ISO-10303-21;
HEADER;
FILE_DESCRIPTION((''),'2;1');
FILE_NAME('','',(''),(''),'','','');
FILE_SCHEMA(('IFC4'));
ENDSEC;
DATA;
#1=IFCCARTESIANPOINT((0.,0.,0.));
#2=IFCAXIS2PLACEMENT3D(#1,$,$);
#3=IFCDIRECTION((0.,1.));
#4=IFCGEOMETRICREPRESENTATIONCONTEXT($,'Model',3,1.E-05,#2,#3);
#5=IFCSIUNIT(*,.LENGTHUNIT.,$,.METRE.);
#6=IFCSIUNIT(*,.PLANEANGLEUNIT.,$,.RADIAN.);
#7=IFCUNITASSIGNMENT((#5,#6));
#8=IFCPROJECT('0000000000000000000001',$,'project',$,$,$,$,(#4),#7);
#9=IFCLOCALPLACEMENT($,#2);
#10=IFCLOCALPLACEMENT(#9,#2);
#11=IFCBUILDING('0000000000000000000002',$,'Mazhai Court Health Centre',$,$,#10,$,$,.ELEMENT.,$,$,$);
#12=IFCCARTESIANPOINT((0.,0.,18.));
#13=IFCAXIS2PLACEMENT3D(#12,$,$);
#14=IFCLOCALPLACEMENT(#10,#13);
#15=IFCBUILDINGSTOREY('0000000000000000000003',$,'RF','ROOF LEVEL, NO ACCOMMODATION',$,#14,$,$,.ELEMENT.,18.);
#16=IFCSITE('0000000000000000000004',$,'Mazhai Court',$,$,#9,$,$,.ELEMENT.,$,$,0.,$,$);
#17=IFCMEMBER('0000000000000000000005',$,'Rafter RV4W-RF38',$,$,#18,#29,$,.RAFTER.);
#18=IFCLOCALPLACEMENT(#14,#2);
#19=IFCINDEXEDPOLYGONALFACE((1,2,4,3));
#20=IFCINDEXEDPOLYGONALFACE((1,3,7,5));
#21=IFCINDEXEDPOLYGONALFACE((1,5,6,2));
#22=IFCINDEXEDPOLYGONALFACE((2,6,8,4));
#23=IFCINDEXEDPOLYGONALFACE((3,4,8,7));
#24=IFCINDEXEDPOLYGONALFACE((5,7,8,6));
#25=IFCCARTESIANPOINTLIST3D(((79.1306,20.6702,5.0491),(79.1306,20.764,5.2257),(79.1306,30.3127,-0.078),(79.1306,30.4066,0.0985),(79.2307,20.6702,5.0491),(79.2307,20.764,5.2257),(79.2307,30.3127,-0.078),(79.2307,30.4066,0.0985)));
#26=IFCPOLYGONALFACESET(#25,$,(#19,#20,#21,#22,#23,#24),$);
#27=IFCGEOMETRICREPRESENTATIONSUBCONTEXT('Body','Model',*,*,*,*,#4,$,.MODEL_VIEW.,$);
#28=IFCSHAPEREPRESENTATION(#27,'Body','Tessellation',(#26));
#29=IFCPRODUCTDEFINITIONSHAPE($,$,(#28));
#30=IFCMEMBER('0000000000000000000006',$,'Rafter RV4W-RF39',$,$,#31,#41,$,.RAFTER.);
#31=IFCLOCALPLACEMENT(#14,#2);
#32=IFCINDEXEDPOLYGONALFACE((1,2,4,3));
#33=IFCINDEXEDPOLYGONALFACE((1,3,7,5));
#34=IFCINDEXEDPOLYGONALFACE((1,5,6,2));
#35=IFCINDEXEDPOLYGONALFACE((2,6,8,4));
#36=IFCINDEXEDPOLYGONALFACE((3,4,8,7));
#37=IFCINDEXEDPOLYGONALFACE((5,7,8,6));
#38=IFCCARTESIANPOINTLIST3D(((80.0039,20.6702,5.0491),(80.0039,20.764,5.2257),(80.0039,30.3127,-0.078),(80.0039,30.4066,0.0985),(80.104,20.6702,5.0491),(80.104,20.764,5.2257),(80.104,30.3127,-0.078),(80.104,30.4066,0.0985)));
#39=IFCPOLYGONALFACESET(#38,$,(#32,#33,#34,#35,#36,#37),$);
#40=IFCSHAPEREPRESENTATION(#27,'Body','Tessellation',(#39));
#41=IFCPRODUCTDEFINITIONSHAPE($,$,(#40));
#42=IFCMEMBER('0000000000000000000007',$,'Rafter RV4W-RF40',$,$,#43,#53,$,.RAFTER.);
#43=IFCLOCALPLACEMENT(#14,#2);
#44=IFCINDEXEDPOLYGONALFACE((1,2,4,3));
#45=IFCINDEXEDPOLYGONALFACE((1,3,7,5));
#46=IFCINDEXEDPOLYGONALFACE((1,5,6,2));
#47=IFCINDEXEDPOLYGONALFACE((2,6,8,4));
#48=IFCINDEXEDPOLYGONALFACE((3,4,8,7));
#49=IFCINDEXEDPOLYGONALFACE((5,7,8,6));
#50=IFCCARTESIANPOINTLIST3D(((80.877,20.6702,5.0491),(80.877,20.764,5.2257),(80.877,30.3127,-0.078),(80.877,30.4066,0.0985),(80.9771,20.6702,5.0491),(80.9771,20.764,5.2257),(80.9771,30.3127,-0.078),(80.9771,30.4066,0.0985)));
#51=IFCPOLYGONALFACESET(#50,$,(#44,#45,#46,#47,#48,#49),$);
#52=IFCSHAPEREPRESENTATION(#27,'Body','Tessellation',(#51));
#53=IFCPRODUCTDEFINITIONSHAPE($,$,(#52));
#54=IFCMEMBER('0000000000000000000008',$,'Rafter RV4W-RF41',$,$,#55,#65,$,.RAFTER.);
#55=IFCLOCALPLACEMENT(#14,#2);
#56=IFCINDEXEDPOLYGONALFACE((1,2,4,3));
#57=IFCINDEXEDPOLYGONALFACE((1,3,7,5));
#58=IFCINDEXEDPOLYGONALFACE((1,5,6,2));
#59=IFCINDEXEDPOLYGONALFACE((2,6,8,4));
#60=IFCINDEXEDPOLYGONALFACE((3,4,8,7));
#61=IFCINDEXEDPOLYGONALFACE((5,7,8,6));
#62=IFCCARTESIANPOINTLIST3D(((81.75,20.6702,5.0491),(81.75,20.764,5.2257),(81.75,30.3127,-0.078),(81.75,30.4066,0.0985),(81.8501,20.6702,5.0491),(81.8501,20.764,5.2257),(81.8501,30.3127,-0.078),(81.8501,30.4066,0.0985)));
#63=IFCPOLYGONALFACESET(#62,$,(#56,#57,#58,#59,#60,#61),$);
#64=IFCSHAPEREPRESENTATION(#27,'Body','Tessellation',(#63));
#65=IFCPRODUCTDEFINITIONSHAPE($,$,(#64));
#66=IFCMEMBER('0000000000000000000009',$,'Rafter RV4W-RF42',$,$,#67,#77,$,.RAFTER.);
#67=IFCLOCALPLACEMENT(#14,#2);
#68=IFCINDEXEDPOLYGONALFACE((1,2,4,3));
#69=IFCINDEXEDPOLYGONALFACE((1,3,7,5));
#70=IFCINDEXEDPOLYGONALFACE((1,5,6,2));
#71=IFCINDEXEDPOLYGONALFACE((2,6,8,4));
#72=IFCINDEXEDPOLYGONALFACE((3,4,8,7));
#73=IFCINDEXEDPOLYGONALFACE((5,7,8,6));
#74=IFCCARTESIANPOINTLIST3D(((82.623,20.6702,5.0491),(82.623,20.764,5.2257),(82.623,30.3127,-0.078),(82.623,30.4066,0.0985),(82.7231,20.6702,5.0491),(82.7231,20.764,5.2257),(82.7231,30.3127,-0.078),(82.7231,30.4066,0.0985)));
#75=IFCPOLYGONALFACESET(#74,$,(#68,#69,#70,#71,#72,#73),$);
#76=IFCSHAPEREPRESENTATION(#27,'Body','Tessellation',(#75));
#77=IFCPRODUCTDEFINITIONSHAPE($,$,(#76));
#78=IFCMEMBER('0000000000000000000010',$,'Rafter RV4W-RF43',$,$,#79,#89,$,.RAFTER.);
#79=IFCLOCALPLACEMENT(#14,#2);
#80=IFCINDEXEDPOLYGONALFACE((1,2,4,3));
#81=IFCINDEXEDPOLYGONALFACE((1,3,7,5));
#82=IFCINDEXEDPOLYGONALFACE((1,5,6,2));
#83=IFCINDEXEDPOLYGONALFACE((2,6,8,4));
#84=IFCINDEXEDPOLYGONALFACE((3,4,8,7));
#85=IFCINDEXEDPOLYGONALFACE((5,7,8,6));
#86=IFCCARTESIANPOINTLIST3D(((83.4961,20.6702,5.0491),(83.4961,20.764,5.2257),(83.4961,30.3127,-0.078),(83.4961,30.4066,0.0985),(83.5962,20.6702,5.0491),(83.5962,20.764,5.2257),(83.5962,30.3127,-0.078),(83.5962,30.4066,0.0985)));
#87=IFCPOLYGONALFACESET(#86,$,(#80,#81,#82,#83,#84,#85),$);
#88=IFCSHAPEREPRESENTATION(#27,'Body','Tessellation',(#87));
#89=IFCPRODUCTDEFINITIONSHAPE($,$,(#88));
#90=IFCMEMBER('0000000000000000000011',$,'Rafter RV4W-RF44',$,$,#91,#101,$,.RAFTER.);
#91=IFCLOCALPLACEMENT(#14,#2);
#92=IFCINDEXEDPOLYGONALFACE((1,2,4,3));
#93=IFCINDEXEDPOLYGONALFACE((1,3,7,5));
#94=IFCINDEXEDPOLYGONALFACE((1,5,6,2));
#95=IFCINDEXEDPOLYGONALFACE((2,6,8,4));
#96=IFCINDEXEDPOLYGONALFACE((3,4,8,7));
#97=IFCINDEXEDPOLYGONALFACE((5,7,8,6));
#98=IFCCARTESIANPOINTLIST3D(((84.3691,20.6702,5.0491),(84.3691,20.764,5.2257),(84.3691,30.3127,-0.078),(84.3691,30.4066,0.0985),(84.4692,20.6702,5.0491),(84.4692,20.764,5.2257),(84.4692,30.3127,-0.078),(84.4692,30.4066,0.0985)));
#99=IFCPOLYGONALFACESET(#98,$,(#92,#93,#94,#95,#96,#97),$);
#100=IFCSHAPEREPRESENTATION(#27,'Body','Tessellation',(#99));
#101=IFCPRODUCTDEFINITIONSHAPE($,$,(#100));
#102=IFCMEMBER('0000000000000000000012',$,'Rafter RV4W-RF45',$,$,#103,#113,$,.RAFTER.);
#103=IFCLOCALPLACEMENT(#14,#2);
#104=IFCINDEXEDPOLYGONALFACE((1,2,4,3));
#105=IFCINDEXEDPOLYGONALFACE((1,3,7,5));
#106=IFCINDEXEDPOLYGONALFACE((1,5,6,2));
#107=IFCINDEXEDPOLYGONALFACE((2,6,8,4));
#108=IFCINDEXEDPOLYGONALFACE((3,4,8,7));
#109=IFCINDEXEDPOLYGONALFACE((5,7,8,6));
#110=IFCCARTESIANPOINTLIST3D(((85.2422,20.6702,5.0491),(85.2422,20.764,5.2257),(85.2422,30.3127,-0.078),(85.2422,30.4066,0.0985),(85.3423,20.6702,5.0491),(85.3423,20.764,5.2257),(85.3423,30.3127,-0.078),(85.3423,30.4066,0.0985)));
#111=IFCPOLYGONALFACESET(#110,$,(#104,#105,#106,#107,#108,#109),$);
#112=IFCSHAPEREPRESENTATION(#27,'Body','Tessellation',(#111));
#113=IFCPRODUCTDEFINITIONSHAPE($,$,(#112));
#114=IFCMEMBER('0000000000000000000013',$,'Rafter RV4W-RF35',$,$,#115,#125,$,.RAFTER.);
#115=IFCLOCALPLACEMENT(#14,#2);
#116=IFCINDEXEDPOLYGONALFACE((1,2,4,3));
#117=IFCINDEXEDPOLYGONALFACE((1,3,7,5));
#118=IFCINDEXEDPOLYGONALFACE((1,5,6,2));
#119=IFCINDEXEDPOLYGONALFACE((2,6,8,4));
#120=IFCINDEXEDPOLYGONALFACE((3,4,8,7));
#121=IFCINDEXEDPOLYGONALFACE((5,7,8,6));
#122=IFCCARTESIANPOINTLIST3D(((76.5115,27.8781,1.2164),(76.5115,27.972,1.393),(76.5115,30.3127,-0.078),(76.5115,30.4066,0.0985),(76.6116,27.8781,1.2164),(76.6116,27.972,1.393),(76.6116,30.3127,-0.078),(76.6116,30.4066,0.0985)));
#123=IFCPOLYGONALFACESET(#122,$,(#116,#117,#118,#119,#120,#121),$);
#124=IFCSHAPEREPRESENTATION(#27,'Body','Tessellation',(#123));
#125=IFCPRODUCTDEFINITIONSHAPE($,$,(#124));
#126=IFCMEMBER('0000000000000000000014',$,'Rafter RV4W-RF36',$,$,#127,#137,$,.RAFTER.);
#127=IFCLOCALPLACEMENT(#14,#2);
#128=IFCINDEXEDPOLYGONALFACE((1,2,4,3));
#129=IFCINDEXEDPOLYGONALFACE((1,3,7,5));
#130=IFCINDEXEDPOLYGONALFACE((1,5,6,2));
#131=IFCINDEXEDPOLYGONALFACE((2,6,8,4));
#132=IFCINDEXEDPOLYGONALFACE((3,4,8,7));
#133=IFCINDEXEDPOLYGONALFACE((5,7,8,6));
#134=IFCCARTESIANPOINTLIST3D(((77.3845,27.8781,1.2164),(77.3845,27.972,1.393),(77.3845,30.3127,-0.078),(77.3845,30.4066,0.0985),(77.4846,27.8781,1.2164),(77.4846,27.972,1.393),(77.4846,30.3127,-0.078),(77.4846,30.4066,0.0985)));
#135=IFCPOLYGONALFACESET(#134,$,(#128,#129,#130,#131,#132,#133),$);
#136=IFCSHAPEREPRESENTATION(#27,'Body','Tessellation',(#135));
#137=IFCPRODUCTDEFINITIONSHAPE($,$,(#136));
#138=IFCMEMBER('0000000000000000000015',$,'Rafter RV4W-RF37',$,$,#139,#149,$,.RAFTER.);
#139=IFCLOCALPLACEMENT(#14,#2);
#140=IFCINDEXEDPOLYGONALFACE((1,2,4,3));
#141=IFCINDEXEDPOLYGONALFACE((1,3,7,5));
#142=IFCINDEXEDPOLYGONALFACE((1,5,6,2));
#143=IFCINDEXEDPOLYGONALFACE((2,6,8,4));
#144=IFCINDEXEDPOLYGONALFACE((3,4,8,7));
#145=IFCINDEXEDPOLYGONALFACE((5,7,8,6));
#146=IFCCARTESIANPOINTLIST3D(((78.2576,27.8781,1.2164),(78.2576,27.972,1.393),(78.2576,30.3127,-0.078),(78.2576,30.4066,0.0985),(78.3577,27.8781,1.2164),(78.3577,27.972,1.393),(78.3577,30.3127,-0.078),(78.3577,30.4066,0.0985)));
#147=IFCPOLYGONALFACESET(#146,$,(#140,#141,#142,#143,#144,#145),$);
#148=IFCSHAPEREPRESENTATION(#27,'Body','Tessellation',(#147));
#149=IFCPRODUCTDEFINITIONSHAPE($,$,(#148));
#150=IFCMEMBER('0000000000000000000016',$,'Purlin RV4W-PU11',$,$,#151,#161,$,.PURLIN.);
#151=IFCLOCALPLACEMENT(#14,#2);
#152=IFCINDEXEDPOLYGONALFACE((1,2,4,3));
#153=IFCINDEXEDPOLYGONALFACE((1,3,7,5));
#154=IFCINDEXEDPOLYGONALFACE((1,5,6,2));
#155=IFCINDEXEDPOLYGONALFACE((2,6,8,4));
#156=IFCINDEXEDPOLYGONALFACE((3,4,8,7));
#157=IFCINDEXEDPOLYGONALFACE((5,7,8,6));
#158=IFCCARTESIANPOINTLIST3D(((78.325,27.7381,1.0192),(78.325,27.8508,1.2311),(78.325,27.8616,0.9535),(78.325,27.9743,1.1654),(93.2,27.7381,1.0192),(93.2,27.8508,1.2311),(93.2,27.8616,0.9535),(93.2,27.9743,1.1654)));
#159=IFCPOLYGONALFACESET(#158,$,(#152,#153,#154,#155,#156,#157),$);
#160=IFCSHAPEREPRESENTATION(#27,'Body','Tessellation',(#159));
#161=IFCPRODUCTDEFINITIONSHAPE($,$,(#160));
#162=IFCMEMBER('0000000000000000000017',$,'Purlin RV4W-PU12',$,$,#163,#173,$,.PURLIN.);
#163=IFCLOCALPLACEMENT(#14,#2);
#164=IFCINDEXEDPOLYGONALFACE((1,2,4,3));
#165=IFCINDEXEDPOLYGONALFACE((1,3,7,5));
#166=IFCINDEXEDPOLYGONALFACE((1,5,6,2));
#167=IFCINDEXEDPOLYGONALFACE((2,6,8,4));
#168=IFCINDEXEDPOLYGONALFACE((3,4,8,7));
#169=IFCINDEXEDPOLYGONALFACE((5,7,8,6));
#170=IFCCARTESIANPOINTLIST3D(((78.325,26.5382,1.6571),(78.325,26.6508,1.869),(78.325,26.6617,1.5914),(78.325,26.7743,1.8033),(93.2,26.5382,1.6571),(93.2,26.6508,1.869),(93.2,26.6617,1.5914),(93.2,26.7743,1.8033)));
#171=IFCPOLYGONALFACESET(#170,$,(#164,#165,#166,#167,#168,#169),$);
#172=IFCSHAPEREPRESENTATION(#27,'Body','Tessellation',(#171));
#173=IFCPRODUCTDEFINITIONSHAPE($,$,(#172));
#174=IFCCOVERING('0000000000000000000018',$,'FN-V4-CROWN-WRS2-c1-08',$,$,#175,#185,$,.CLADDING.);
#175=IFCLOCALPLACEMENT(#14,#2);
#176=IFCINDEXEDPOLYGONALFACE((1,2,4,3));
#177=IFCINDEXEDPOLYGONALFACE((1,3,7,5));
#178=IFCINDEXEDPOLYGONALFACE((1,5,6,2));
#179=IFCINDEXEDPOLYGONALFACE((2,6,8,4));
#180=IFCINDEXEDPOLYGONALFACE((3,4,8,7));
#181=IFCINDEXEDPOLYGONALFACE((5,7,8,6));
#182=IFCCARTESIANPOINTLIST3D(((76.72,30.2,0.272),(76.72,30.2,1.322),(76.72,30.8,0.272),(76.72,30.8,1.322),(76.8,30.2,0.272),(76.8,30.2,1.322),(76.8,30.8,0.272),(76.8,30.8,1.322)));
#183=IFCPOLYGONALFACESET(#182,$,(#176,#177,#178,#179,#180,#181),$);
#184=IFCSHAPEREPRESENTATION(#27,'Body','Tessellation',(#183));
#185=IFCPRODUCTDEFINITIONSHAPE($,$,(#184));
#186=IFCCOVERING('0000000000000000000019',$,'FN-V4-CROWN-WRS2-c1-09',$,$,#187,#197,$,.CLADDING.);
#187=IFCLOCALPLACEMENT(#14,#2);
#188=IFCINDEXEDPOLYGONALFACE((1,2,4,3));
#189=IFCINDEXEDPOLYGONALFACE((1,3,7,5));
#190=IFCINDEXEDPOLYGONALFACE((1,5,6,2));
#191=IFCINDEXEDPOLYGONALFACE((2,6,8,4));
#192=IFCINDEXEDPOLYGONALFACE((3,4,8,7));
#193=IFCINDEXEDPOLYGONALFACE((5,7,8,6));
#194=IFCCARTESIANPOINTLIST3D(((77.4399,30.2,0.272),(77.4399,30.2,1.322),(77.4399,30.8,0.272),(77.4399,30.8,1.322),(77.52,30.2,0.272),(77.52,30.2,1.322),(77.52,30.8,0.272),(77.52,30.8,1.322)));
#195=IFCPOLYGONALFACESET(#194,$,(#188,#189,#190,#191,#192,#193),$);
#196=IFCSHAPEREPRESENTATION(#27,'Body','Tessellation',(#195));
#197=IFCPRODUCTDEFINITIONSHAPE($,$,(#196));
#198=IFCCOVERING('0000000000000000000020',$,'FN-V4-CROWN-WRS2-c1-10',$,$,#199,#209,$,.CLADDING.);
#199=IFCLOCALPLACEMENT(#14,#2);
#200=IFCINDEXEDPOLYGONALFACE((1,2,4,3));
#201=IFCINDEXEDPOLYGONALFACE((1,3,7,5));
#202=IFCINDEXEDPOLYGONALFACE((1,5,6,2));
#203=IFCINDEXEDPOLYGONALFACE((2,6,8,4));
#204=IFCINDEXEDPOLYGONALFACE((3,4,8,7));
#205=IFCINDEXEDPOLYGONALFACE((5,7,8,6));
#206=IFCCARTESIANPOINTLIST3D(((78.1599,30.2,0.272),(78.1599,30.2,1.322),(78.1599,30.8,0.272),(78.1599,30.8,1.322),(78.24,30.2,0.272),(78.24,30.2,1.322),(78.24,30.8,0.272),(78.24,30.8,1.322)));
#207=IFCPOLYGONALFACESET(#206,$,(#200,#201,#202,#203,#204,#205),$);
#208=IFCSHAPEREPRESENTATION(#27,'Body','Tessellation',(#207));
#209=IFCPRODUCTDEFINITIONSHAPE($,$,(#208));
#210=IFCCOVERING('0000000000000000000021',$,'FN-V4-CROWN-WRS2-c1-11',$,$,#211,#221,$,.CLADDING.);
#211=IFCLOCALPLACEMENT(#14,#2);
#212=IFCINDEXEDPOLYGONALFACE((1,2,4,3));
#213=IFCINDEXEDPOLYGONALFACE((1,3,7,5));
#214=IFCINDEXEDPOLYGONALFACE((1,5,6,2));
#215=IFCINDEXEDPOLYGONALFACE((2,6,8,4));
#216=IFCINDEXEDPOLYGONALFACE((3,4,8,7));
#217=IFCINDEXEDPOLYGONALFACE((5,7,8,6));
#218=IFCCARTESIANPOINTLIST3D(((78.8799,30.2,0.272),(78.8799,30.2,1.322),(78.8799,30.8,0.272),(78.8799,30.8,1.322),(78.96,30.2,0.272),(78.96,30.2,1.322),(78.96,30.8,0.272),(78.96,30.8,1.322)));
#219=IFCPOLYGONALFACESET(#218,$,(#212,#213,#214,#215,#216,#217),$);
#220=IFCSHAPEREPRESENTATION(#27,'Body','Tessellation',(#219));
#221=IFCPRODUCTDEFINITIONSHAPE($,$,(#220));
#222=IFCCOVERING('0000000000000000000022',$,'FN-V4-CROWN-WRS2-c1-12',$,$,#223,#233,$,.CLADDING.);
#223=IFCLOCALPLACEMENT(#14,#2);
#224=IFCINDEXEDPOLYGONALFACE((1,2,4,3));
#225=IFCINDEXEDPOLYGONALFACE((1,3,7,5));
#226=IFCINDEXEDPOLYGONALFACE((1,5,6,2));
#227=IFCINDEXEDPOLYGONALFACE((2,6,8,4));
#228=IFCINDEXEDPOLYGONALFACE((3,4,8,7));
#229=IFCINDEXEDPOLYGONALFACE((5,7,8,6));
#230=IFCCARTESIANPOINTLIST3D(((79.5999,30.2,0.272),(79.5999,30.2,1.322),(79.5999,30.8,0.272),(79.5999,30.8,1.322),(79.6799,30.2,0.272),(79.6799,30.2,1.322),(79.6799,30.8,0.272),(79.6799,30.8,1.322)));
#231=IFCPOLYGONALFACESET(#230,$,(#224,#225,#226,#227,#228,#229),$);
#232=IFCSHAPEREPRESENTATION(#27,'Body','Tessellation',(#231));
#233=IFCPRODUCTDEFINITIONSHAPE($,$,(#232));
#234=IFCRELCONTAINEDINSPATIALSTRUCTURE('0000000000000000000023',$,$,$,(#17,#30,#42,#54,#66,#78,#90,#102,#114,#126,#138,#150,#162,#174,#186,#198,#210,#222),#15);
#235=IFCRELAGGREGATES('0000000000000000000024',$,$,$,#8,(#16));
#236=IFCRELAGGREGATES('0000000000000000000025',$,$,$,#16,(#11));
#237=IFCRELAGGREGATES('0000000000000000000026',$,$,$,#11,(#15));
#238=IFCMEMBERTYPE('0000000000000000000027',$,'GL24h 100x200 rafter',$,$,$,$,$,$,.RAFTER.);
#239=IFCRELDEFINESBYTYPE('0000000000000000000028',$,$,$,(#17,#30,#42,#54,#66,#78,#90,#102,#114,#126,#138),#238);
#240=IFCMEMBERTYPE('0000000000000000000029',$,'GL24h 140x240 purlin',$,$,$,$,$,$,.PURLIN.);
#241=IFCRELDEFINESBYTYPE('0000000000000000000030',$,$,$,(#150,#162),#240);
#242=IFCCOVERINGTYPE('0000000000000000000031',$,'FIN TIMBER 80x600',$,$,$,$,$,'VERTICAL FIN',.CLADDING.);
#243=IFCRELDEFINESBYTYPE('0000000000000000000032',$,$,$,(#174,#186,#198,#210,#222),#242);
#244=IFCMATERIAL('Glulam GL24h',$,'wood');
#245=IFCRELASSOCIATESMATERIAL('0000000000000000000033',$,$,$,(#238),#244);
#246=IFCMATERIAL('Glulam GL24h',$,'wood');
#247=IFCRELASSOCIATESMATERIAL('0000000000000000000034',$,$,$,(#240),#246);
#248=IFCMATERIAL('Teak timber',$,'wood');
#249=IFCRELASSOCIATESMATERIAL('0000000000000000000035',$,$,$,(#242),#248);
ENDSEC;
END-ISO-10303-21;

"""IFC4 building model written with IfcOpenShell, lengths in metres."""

from ifc_helpers import new_model, si_unit, direction, frame, origin, origin_2d, place, context, subcontext, project, spatial, rectangle, extrude, material, material_profile, profile_set, type_object, element, save


model = new_model("IFC4")

# Units and contexts
model_context = context("Model", 3, precision=1e-05, world=origin(), true_north=direction((0.0, 1.0)))
body_context = subcontext(model_context, "Body", "Model", "MODEL_VIEW")
ifc_project = project(units=[si_unit("LENGTHUNIT", "METRE"), si_unit("PLANEANGLEUNIT", "RADIAN")], contexts=[model_context])

# Site, building, storey
site_placement = place(None, origin())
site = spatial("IfcSite", under=ifc_project, at=site_placement, Name="Mazhai Court", CompositionType="ELEMENT", RefElevation=0.0)
building_placement = place(site_placement, origin())
building = spatial("IfcBuilding", under=site, at=building_placement, Name="Mazhai Court Health Centre", CompositionType="ELEMENT")
storey_placement = place(building_placement, frame((0.0, 0.0, 18.0)))
storey = spatial("IfcBuildingStorey", under=building, at=storey_placement, Name="RF", Description="ROOF LEVEL, NO ACCOMMODATION", CompositionType="ELEMENT", Elevation=18.0)

# Members
ifc_material_1 = material(Name="Glulam GL24h", Category="wood")
ifc_material_profile_1 = material_profile(ifc_material_1, rectangle(XDim=0.1001, YDim=0.2, at=origin_2d()), Name="GL24h 100x200")
ifc_profile_set_1 = profile_set([ifc_material_profile_1], Name="Glulam GL24h")
member_type_1 = type_object("IfcMemberType", Name="GL24h 100x200 rafter", PredefinedType="RAFTER", material=ifc_profile_set_1)
for number, where, z_axis, x_axis, name in (
    (1, (79.1807, 30.3596, 0.0103), (0.0, -0.882942, 0.469482), (1.0, 0.0, 0.0), "Rafter RV4W-RF38"),
    (2, (80.054, 30.3596, 0.0103), (0.0, -0.882942, 0.469482), (1.0, 0.0, 0.0), "Rafter RV4W-RF39"),
    (3, (80.927, 30.3596, 0.0103), (0.0, -0.882942, 0.469482), (1.0, 0.0, 0.0), "Rafter RV4W-RF40"),
    (4, (81.8, 30.3596, 0.0103), (0.0, -0.882942, 0.469482), (1.0, 0.0, 0.0), "Rafter RV4W-RF41"),
    (5, (82.6731, 30.3596, 0.0103), (0.0, -0.882942, 0.469482), (1.0, 0.0, 0.0), "Rafter RV4W-RF42"),
    (6, (83.5461, 30.3596, 0.0103), (0.0, -0.882942, 0.469482), (1.0, 0.0, 0.0), "Rafter RV4W-RF43"),
    (7, (84.4192, 30.3596, 0.0103), (0.0, -0.882942, 0.469482), (1.0, 0.0, 0.0), "Rafter RV4W-RF44"),
    (8, (85.2922, 30.3596, 0.0103), (0.0, -0.882942, 0.469482), (1.0, 0.0, 0.0), "Rafter RV4W-RF45"),
):
    element("IfcMember", number, at=place(storey_placement, frame(where, z_axis=z_axis, x_axis=x_axis)), inside=storey, type_object=member_type_1, Name=name, PredefinedType="RAFTER", context=body_context, shape_type="SweptSolid", body=[
        extrude(rectangle(XDim=0.1001, YDim=0.2, at=origin_2d()), origin(), (0.0, 0.0, 1.0), 10.9209),
    ])
for number, where, z_axis, x_axis, name in (
    (9, (76.5615, 30.3596, 0.0103), (0.0, -0.882955, 0.469457), (1.0, 0.0, 0.0), "Rafter RV4W-RF35"),
    (10, (77.4346, 30.3596, 0.0103), (0.0, -0.882955, 0.469457), (1.0, 0.0, 0.0), "Rafter RV4W-RF36"),
    (11, (78.3076, 30.3596, 0.0103), (0.0, -0.882955, 0.469457), (1.0, 0.0, 0.0), "Rafter RV4W-RF37"),
):
    element("IfcMember", number, at=place(storey_placement, frame(where, z_axis=z_axis, x_axis=x_axis)), inside=storey, type_object=member_type_1, Name=name, PredefinedType="RAFTER", context=body_context, shape_type="SweptSolid", body=[
        extrude(rectangle(XDim=0.1001, YDim=0.2, at=origin_2d()), origin(), (0.0, 0.0, 1.0), 2.7573),
    ])
ifc_material_2 = material(Name="Glulam GL24h", Category="wood")
ifc_material_profile_2 = material_profile(ifc_material_2, rectangle(XDim=0.1399, YDim=0.24, at=origin_2d()), Name="GL24h 140x240")
ifc_profile_set_2 = profile_set([ifc_material_profile_2], Name="Glulam GL24h")
member_type_2 = type_object("IfcMemberType", Name="GL24h 140x240 purlin", PredefinedType="PURLIN", material=ifc_profile_set_2)
for number, where, z_axis, x_axis, name in (
    (12, (78.325, 27.8562, 1.0923), (1.0, 0.0, 0.0), (0.0, 0.882948, -0.469472), "Purlin RV4W-PU11"),
    (13, (78.325, 26.6562, 1.7302), (1.0, 0.0, 0.0), (0.0, 0.882948, -0.469472), "Purlin RV4W-PU12"),
):
    element("IfcMember", number, at=place(storey_placement, frame(where, z_axis=z_axis, x_axis=x_axis)), inside=storey, type_object=member_type_2, Name=name, PredefinedType="PURLIN", context=body_context, shape_type="SweptSolid", body=[
        extrude(rectangle(XDim=0.1399, YDim=0.24, at=origin_2d()), origin(), (0.0, 0.0, 1.0), 14.875),
    ])

# Coverings
ifc_material_3 = material(Name="Teak timber", Category="wood")
covering_type = type_object("IfcCoveringType", Name="FIN TIMBER 80x600", ElementType="VERTICAL FIN", PredefinedType="CLADDING", material=ifc_material_3)
for number, where, z_axis, x_axis, name in (
    (14, (76.76, 30.5, 0.272), (0.0, 0.0, 1.0), (1.0, 0.0, 0.0), "FN-V4-CROWN-WRS2-c1-08"),
    (15, (77.48, 30.5, 0.272), (0.0, 0.0, 1.0), (1.0, 0.0, 0.0), "FN-V4-CROWN-WRS2-c1-09"),
    (16, (78.2, 30.5, 0.272), (0.0, 0.0, 1.0), (1.0, 0.0, 0.0), "FN-V4-CROWN-WRS2-c1-10"),
    (17, (78.9199, 30.5, 0.272), (0.0, 0.0, 1.0), (1.0, 0.0, 0.0), "FN-V4-CROWN-WRS2-c1-11"),
    (18, (79.6399, 30.5, 0.272), (0.0, 0.0, 1.0), (1.0, 0.0, 0.0), "FN-V4-CROWN-WRS2-c1-12"),
):
    element("IfcCovering", number, at=place(storey_placement, frame(where, z_axis=z_axis, x_axis=x_axis)), inside=storey, type_object=covering_type, Name=name, PredefinedType="CLADDING", context=body_context, shape_type="SweptSolid", body=[
        extrude(rectangle(XDim=0.0801, YDim=0.6001, at=origin_2d()), origin(), (0.0, 0.0, 1.0), 1.05),
    ])

save(model, "model.ifc")
